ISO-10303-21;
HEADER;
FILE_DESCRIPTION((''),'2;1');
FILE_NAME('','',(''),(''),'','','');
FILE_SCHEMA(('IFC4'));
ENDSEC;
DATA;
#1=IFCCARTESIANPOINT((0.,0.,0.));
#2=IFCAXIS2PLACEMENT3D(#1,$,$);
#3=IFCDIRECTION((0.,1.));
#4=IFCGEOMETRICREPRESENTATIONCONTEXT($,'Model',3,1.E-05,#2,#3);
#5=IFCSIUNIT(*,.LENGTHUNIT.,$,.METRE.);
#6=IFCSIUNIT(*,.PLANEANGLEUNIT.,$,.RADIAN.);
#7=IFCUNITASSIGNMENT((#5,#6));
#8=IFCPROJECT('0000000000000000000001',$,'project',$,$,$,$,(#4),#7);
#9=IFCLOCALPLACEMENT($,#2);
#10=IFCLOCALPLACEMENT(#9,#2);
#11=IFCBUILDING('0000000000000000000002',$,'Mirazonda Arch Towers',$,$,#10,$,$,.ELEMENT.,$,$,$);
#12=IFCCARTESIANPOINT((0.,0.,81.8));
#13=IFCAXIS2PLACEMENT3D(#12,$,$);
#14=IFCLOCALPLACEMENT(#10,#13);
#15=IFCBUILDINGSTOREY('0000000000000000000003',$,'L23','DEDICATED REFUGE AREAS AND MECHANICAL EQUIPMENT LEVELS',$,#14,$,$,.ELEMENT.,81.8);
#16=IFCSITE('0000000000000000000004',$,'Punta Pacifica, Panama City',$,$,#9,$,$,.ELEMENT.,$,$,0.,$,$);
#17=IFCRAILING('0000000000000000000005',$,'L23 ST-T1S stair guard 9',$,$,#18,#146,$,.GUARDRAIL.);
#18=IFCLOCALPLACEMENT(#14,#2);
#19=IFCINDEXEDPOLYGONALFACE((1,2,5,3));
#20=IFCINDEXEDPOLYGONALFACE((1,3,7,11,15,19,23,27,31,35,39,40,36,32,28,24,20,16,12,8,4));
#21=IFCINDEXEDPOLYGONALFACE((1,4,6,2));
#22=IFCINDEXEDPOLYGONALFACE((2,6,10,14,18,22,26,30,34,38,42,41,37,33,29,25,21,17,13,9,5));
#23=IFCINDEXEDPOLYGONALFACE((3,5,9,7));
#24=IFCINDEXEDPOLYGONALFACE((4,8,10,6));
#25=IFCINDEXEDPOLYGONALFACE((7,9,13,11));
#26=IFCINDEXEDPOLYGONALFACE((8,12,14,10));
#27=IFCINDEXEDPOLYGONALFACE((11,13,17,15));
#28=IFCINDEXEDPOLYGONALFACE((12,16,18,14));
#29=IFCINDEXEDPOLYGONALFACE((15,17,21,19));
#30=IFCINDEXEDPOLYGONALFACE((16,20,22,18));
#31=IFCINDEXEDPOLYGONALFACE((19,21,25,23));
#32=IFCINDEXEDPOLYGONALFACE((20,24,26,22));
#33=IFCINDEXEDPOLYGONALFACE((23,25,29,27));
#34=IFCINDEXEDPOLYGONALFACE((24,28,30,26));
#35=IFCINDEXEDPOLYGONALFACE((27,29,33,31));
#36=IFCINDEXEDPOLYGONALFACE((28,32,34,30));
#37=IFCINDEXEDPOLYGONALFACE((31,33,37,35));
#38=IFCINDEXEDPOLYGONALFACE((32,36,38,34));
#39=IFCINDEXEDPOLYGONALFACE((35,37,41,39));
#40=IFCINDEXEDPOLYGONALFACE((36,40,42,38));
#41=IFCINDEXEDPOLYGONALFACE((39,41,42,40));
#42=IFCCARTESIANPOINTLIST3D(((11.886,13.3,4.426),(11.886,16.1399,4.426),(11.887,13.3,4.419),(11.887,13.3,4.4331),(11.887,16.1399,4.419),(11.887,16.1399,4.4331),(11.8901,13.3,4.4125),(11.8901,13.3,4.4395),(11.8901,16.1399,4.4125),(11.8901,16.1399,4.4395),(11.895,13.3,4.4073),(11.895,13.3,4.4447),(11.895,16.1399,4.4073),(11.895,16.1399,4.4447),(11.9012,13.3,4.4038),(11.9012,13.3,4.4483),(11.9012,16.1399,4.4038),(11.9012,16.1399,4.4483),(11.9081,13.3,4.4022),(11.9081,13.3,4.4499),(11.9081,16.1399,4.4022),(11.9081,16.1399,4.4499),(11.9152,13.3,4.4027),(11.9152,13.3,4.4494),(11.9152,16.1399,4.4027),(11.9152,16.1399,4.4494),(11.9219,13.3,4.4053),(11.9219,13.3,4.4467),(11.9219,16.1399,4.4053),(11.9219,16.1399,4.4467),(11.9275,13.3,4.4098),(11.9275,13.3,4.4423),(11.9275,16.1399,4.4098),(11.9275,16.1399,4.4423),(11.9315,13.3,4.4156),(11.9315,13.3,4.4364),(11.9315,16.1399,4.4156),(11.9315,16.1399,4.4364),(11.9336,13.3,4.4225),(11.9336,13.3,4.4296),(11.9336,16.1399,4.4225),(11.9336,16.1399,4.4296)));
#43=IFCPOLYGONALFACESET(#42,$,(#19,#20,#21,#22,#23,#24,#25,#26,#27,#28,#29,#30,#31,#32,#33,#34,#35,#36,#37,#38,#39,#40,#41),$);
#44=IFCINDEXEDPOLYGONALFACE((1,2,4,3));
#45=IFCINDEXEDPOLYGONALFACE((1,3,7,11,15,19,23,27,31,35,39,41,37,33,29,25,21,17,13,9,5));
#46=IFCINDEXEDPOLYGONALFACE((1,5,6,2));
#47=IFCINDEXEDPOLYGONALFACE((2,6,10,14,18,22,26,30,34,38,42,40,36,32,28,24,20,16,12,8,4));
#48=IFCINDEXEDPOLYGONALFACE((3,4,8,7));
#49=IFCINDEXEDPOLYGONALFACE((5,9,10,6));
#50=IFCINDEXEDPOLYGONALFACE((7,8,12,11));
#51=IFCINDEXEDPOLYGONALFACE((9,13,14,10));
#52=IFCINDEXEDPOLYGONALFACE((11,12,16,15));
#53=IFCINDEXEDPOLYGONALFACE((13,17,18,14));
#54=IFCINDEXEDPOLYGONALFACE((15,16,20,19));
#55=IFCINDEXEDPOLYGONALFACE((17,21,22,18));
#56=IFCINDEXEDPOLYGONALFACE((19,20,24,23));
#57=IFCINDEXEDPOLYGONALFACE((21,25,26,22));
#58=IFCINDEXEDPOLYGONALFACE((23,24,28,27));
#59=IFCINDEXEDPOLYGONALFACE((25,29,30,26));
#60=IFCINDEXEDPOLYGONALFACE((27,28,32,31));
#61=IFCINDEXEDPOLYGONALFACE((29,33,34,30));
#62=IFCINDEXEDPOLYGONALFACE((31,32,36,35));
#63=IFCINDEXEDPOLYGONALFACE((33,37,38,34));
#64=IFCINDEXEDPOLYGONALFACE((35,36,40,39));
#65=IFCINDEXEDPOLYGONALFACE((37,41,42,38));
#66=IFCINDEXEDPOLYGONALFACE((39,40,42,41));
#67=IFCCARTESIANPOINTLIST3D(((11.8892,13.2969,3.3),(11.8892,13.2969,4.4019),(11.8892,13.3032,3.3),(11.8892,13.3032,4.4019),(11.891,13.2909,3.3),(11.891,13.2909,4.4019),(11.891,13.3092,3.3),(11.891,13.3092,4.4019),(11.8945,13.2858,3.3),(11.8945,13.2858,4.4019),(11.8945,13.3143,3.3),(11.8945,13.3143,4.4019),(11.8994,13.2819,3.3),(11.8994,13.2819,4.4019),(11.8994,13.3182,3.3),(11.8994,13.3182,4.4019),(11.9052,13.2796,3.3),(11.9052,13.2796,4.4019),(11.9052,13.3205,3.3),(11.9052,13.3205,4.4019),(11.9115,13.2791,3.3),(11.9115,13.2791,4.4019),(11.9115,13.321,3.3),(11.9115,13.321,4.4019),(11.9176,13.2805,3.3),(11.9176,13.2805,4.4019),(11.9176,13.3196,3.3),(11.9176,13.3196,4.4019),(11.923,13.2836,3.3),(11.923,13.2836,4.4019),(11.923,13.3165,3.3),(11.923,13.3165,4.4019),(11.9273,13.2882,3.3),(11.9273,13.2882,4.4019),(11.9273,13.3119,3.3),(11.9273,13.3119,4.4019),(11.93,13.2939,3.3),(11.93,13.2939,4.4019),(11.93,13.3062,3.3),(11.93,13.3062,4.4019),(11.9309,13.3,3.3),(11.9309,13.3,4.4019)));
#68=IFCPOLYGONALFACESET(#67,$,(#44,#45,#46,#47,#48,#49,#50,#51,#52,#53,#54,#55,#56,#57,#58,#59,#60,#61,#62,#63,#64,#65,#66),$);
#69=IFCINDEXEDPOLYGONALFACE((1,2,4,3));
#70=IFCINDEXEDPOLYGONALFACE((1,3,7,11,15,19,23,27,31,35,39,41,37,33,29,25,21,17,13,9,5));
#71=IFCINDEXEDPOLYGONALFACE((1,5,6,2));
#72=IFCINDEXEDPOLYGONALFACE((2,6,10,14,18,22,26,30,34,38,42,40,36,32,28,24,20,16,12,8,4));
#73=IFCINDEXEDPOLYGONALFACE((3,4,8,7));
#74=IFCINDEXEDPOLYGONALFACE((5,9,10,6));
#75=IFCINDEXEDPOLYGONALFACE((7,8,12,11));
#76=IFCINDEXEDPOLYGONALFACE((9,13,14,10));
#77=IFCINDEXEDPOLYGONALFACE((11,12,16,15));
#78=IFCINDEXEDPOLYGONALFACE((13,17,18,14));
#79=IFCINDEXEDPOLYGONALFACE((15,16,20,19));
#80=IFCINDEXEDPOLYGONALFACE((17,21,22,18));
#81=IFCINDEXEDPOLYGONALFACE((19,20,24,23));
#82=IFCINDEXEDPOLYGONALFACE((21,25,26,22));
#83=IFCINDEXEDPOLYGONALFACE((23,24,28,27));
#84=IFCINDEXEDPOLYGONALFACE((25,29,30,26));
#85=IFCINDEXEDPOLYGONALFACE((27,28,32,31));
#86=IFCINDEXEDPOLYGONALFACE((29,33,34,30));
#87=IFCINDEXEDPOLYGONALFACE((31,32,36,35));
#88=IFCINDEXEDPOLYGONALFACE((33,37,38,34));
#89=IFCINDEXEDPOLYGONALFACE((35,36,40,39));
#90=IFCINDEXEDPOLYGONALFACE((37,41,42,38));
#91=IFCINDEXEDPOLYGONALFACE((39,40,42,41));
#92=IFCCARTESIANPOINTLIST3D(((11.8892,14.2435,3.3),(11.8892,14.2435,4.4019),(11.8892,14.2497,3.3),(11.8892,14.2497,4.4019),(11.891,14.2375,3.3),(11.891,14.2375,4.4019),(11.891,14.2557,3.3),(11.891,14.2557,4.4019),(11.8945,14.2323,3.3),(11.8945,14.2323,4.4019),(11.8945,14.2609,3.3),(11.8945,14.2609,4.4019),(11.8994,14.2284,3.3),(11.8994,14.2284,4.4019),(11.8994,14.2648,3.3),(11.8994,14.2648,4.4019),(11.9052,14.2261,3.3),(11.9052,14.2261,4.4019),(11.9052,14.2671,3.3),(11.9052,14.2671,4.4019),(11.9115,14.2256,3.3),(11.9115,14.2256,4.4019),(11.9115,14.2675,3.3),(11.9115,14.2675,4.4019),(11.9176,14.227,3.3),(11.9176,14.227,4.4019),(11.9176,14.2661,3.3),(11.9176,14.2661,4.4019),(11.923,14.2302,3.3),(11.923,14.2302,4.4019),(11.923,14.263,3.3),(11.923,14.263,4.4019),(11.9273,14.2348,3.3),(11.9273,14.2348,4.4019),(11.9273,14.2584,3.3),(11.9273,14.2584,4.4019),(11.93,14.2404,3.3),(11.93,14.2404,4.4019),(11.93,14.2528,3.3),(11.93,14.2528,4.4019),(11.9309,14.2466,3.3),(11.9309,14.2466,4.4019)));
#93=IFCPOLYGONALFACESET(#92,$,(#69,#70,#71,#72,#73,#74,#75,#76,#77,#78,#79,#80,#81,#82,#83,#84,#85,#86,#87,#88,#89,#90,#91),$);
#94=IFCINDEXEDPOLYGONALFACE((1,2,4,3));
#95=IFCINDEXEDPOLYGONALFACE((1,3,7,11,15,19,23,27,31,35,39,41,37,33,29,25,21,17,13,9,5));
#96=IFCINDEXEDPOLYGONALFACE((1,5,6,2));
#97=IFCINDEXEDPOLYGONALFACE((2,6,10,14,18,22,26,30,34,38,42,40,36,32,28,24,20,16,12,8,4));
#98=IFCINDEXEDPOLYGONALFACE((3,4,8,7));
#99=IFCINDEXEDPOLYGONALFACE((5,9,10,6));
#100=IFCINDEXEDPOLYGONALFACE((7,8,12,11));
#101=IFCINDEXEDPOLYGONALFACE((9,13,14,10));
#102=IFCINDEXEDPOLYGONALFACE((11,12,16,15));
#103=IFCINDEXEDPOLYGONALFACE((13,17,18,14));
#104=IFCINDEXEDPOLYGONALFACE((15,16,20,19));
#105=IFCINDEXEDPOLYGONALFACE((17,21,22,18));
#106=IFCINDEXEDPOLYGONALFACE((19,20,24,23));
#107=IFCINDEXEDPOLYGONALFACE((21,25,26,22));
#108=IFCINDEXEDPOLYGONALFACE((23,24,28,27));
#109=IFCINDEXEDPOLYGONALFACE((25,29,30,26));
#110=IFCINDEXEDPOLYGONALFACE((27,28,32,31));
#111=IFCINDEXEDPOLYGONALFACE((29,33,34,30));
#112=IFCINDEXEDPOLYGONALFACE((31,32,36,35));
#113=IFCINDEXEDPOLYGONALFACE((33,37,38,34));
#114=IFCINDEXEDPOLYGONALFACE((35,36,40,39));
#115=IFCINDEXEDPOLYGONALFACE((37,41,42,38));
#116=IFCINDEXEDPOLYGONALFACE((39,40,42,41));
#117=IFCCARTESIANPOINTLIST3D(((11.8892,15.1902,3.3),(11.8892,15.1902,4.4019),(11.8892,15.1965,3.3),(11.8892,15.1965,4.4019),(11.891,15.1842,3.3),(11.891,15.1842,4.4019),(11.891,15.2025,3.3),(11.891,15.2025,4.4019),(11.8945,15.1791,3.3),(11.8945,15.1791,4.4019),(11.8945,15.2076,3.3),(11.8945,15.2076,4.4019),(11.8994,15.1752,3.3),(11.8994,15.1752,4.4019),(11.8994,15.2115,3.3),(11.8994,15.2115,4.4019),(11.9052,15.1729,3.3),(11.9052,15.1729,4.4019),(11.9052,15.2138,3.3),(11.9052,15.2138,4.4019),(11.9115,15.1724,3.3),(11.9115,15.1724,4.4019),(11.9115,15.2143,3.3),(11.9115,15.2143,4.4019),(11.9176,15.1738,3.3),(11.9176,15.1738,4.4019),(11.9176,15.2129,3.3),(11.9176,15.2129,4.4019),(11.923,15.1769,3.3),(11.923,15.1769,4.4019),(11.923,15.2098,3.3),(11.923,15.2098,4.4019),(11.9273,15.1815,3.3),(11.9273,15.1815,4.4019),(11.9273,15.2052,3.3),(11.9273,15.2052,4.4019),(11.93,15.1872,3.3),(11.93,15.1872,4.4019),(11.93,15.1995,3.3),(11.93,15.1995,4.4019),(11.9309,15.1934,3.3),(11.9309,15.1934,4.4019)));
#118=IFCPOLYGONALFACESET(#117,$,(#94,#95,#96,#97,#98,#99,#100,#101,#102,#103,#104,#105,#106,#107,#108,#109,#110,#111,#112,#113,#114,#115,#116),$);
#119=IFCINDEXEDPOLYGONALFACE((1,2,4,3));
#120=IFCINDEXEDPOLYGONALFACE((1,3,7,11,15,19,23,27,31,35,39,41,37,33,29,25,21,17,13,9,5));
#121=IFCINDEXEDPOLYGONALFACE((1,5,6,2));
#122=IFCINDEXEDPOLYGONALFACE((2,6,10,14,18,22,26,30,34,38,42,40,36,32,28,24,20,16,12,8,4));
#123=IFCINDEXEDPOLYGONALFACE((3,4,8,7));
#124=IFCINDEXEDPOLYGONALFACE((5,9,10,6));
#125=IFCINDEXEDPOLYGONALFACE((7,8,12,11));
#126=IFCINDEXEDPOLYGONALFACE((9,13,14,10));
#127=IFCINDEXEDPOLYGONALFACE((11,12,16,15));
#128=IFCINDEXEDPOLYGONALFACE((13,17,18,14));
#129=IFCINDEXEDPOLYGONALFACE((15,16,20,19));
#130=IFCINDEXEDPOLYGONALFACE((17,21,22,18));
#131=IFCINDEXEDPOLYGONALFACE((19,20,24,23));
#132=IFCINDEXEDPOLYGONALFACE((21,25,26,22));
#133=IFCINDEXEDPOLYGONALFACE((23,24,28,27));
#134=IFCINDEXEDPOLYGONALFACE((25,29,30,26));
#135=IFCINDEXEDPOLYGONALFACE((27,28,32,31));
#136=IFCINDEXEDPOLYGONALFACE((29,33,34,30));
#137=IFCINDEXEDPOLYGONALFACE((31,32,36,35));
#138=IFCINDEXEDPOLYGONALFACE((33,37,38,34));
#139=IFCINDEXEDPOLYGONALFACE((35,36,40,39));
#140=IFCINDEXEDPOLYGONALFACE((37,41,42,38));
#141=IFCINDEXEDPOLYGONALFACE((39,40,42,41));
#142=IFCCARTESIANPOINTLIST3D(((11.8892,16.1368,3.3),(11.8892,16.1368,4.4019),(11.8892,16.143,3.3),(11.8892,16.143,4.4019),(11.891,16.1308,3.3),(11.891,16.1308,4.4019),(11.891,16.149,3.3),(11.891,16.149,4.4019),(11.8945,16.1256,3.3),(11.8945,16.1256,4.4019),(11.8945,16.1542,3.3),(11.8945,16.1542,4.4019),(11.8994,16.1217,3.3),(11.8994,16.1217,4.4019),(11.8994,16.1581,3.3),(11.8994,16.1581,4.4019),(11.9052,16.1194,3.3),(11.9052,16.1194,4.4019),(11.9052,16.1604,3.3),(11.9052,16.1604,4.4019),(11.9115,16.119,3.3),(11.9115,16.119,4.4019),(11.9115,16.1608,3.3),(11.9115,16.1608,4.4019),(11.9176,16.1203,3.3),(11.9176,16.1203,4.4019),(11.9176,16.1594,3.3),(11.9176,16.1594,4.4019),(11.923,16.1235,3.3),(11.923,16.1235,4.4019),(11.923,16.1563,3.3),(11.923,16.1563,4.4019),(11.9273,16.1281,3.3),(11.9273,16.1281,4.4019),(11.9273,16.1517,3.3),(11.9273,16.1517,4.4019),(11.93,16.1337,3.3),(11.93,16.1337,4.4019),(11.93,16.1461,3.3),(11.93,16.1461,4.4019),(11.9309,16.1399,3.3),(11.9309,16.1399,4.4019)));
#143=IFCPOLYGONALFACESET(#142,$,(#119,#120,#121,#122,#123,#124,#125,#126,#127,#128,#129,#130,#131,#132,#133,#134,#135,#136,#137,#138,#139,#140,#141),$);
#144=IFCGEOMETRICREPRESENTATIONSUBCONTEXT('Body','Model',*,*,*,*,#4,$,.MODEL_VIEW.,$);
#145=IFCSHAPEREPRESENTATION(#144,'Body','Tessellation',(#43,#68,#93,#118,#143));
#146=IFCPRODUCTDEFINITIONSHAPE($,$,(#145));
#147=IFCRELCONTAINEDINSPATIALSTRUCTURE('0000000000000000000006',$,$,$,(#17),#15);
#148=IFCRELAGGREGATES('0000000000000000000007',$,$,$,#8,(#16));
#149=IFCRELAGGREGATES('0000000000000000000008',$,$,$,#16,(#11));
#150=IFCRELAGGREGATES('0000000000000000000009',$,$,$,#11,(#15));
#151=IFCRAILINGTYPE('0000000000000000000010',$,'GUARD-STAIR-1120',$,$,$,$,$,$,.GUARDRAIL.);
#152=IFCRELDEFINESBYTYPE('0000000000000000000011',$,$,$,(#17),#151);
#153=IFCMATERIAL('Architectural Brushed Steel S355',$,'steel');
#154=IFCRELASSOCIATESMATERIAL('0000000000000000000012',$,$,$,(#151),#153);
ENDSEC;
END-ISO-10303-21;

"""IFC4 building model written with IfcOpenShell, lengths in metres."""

from ifc_helpers import new_model, si_unit, direction, frame, origin, origin_2d, place, context, subcontext, project, spatial, circle, extrude, material, type_object, element, save


model = new_model("IFC4")

# Units and contexts
model_context = context("Model", 3, precision=1e-05, world=origin(), true_north=direction((0.0, 1.0)))
body_context = subcontext(model_context, "Body", "Model", "MODEL_VIEW")
ifc_project = project(units=[si_unit("LENGTHUNIT", "METRE"), si_unit("PLANEANGLEUNIT", "RADIAN")], contexts=[model_context])

# Site, building, storey
site_placement = place(None, origin())
site = spatial("IfcSite", under=ifc_project, at=site_placement, Name="Punta Pacifica, Panama City", CompositionType="ELEMENT", RefElevation=0.0)
building_placement = place(site_placement, origin())
building = spatial("IfcBuilding", under=site, at=building_placement, Name="Mirazonda Arch Towers", CompositionType="ELEMENT")
storey_placement = place(building_placement, frame((0.0, 0.0, 81.8)))
storey = spatial("IfcBuildingStorey", under=building, at=storey_placement, Name="L23", Description="DEDICATED REFUGE AREAS AND MECHANICAL EQUIPMENT LEVELS", CompositionType="ELEMENT", Elevation=81.8)

# Shared definitions
ifc_material_1 = material(Name="Architectural Brushed Steel S355", Category="steel")

# Railing
railing_type_1 = type_object("IfcRailingType", Name="GUARD-STAIR-1120", PredefinedType="GUARDRAIL", material=ifc_material_1)
railing_1_placement = place(storey_placement, frame((11.9099, 13.3, 3.3)))
element("IfcRailing", 1, at=railing_1_placement, inside=storey, type_object=railing_type_1, Name="L23 ST-T1S stair guard 9", PredefinedType="GUARDRAIL", context=body_context, shape_type="SweptSolid", body=[
    extrude(circle(Radius=0.0239, at=origin_2d()), frame((0.0, 0.0, 1.126), z_axis=(0.0, 1.0, 0.0), x_axis=(-1.0, 0.0, 0.0)), (0.0, 0.0, 1.0), 2.8398),
    extrude(circle(Radius=0.021, at=origin_2d()), origin(), (0.0, 0.0, 1.0), 1.1018),
    extrude(circle(Radius=0.021, at=origin_2d()), frame((0.0, 0.9465, 0.0)), (0.0, 0.0, 1.0), 1.1018),
    extrude(circle(Radius=0.021, at=origin_2d()), frame((0.0, 1.8933, 0.0)), (0.0, 0.0, 1.0), 1.1018),
    extrude(circle(Radius=0.021, at=origin_2d()), frame((0.0, 2.8398, 0.0)), (0.0, 0.0, 1.0), 1.1018),
])

save(model, "model.ifc")
